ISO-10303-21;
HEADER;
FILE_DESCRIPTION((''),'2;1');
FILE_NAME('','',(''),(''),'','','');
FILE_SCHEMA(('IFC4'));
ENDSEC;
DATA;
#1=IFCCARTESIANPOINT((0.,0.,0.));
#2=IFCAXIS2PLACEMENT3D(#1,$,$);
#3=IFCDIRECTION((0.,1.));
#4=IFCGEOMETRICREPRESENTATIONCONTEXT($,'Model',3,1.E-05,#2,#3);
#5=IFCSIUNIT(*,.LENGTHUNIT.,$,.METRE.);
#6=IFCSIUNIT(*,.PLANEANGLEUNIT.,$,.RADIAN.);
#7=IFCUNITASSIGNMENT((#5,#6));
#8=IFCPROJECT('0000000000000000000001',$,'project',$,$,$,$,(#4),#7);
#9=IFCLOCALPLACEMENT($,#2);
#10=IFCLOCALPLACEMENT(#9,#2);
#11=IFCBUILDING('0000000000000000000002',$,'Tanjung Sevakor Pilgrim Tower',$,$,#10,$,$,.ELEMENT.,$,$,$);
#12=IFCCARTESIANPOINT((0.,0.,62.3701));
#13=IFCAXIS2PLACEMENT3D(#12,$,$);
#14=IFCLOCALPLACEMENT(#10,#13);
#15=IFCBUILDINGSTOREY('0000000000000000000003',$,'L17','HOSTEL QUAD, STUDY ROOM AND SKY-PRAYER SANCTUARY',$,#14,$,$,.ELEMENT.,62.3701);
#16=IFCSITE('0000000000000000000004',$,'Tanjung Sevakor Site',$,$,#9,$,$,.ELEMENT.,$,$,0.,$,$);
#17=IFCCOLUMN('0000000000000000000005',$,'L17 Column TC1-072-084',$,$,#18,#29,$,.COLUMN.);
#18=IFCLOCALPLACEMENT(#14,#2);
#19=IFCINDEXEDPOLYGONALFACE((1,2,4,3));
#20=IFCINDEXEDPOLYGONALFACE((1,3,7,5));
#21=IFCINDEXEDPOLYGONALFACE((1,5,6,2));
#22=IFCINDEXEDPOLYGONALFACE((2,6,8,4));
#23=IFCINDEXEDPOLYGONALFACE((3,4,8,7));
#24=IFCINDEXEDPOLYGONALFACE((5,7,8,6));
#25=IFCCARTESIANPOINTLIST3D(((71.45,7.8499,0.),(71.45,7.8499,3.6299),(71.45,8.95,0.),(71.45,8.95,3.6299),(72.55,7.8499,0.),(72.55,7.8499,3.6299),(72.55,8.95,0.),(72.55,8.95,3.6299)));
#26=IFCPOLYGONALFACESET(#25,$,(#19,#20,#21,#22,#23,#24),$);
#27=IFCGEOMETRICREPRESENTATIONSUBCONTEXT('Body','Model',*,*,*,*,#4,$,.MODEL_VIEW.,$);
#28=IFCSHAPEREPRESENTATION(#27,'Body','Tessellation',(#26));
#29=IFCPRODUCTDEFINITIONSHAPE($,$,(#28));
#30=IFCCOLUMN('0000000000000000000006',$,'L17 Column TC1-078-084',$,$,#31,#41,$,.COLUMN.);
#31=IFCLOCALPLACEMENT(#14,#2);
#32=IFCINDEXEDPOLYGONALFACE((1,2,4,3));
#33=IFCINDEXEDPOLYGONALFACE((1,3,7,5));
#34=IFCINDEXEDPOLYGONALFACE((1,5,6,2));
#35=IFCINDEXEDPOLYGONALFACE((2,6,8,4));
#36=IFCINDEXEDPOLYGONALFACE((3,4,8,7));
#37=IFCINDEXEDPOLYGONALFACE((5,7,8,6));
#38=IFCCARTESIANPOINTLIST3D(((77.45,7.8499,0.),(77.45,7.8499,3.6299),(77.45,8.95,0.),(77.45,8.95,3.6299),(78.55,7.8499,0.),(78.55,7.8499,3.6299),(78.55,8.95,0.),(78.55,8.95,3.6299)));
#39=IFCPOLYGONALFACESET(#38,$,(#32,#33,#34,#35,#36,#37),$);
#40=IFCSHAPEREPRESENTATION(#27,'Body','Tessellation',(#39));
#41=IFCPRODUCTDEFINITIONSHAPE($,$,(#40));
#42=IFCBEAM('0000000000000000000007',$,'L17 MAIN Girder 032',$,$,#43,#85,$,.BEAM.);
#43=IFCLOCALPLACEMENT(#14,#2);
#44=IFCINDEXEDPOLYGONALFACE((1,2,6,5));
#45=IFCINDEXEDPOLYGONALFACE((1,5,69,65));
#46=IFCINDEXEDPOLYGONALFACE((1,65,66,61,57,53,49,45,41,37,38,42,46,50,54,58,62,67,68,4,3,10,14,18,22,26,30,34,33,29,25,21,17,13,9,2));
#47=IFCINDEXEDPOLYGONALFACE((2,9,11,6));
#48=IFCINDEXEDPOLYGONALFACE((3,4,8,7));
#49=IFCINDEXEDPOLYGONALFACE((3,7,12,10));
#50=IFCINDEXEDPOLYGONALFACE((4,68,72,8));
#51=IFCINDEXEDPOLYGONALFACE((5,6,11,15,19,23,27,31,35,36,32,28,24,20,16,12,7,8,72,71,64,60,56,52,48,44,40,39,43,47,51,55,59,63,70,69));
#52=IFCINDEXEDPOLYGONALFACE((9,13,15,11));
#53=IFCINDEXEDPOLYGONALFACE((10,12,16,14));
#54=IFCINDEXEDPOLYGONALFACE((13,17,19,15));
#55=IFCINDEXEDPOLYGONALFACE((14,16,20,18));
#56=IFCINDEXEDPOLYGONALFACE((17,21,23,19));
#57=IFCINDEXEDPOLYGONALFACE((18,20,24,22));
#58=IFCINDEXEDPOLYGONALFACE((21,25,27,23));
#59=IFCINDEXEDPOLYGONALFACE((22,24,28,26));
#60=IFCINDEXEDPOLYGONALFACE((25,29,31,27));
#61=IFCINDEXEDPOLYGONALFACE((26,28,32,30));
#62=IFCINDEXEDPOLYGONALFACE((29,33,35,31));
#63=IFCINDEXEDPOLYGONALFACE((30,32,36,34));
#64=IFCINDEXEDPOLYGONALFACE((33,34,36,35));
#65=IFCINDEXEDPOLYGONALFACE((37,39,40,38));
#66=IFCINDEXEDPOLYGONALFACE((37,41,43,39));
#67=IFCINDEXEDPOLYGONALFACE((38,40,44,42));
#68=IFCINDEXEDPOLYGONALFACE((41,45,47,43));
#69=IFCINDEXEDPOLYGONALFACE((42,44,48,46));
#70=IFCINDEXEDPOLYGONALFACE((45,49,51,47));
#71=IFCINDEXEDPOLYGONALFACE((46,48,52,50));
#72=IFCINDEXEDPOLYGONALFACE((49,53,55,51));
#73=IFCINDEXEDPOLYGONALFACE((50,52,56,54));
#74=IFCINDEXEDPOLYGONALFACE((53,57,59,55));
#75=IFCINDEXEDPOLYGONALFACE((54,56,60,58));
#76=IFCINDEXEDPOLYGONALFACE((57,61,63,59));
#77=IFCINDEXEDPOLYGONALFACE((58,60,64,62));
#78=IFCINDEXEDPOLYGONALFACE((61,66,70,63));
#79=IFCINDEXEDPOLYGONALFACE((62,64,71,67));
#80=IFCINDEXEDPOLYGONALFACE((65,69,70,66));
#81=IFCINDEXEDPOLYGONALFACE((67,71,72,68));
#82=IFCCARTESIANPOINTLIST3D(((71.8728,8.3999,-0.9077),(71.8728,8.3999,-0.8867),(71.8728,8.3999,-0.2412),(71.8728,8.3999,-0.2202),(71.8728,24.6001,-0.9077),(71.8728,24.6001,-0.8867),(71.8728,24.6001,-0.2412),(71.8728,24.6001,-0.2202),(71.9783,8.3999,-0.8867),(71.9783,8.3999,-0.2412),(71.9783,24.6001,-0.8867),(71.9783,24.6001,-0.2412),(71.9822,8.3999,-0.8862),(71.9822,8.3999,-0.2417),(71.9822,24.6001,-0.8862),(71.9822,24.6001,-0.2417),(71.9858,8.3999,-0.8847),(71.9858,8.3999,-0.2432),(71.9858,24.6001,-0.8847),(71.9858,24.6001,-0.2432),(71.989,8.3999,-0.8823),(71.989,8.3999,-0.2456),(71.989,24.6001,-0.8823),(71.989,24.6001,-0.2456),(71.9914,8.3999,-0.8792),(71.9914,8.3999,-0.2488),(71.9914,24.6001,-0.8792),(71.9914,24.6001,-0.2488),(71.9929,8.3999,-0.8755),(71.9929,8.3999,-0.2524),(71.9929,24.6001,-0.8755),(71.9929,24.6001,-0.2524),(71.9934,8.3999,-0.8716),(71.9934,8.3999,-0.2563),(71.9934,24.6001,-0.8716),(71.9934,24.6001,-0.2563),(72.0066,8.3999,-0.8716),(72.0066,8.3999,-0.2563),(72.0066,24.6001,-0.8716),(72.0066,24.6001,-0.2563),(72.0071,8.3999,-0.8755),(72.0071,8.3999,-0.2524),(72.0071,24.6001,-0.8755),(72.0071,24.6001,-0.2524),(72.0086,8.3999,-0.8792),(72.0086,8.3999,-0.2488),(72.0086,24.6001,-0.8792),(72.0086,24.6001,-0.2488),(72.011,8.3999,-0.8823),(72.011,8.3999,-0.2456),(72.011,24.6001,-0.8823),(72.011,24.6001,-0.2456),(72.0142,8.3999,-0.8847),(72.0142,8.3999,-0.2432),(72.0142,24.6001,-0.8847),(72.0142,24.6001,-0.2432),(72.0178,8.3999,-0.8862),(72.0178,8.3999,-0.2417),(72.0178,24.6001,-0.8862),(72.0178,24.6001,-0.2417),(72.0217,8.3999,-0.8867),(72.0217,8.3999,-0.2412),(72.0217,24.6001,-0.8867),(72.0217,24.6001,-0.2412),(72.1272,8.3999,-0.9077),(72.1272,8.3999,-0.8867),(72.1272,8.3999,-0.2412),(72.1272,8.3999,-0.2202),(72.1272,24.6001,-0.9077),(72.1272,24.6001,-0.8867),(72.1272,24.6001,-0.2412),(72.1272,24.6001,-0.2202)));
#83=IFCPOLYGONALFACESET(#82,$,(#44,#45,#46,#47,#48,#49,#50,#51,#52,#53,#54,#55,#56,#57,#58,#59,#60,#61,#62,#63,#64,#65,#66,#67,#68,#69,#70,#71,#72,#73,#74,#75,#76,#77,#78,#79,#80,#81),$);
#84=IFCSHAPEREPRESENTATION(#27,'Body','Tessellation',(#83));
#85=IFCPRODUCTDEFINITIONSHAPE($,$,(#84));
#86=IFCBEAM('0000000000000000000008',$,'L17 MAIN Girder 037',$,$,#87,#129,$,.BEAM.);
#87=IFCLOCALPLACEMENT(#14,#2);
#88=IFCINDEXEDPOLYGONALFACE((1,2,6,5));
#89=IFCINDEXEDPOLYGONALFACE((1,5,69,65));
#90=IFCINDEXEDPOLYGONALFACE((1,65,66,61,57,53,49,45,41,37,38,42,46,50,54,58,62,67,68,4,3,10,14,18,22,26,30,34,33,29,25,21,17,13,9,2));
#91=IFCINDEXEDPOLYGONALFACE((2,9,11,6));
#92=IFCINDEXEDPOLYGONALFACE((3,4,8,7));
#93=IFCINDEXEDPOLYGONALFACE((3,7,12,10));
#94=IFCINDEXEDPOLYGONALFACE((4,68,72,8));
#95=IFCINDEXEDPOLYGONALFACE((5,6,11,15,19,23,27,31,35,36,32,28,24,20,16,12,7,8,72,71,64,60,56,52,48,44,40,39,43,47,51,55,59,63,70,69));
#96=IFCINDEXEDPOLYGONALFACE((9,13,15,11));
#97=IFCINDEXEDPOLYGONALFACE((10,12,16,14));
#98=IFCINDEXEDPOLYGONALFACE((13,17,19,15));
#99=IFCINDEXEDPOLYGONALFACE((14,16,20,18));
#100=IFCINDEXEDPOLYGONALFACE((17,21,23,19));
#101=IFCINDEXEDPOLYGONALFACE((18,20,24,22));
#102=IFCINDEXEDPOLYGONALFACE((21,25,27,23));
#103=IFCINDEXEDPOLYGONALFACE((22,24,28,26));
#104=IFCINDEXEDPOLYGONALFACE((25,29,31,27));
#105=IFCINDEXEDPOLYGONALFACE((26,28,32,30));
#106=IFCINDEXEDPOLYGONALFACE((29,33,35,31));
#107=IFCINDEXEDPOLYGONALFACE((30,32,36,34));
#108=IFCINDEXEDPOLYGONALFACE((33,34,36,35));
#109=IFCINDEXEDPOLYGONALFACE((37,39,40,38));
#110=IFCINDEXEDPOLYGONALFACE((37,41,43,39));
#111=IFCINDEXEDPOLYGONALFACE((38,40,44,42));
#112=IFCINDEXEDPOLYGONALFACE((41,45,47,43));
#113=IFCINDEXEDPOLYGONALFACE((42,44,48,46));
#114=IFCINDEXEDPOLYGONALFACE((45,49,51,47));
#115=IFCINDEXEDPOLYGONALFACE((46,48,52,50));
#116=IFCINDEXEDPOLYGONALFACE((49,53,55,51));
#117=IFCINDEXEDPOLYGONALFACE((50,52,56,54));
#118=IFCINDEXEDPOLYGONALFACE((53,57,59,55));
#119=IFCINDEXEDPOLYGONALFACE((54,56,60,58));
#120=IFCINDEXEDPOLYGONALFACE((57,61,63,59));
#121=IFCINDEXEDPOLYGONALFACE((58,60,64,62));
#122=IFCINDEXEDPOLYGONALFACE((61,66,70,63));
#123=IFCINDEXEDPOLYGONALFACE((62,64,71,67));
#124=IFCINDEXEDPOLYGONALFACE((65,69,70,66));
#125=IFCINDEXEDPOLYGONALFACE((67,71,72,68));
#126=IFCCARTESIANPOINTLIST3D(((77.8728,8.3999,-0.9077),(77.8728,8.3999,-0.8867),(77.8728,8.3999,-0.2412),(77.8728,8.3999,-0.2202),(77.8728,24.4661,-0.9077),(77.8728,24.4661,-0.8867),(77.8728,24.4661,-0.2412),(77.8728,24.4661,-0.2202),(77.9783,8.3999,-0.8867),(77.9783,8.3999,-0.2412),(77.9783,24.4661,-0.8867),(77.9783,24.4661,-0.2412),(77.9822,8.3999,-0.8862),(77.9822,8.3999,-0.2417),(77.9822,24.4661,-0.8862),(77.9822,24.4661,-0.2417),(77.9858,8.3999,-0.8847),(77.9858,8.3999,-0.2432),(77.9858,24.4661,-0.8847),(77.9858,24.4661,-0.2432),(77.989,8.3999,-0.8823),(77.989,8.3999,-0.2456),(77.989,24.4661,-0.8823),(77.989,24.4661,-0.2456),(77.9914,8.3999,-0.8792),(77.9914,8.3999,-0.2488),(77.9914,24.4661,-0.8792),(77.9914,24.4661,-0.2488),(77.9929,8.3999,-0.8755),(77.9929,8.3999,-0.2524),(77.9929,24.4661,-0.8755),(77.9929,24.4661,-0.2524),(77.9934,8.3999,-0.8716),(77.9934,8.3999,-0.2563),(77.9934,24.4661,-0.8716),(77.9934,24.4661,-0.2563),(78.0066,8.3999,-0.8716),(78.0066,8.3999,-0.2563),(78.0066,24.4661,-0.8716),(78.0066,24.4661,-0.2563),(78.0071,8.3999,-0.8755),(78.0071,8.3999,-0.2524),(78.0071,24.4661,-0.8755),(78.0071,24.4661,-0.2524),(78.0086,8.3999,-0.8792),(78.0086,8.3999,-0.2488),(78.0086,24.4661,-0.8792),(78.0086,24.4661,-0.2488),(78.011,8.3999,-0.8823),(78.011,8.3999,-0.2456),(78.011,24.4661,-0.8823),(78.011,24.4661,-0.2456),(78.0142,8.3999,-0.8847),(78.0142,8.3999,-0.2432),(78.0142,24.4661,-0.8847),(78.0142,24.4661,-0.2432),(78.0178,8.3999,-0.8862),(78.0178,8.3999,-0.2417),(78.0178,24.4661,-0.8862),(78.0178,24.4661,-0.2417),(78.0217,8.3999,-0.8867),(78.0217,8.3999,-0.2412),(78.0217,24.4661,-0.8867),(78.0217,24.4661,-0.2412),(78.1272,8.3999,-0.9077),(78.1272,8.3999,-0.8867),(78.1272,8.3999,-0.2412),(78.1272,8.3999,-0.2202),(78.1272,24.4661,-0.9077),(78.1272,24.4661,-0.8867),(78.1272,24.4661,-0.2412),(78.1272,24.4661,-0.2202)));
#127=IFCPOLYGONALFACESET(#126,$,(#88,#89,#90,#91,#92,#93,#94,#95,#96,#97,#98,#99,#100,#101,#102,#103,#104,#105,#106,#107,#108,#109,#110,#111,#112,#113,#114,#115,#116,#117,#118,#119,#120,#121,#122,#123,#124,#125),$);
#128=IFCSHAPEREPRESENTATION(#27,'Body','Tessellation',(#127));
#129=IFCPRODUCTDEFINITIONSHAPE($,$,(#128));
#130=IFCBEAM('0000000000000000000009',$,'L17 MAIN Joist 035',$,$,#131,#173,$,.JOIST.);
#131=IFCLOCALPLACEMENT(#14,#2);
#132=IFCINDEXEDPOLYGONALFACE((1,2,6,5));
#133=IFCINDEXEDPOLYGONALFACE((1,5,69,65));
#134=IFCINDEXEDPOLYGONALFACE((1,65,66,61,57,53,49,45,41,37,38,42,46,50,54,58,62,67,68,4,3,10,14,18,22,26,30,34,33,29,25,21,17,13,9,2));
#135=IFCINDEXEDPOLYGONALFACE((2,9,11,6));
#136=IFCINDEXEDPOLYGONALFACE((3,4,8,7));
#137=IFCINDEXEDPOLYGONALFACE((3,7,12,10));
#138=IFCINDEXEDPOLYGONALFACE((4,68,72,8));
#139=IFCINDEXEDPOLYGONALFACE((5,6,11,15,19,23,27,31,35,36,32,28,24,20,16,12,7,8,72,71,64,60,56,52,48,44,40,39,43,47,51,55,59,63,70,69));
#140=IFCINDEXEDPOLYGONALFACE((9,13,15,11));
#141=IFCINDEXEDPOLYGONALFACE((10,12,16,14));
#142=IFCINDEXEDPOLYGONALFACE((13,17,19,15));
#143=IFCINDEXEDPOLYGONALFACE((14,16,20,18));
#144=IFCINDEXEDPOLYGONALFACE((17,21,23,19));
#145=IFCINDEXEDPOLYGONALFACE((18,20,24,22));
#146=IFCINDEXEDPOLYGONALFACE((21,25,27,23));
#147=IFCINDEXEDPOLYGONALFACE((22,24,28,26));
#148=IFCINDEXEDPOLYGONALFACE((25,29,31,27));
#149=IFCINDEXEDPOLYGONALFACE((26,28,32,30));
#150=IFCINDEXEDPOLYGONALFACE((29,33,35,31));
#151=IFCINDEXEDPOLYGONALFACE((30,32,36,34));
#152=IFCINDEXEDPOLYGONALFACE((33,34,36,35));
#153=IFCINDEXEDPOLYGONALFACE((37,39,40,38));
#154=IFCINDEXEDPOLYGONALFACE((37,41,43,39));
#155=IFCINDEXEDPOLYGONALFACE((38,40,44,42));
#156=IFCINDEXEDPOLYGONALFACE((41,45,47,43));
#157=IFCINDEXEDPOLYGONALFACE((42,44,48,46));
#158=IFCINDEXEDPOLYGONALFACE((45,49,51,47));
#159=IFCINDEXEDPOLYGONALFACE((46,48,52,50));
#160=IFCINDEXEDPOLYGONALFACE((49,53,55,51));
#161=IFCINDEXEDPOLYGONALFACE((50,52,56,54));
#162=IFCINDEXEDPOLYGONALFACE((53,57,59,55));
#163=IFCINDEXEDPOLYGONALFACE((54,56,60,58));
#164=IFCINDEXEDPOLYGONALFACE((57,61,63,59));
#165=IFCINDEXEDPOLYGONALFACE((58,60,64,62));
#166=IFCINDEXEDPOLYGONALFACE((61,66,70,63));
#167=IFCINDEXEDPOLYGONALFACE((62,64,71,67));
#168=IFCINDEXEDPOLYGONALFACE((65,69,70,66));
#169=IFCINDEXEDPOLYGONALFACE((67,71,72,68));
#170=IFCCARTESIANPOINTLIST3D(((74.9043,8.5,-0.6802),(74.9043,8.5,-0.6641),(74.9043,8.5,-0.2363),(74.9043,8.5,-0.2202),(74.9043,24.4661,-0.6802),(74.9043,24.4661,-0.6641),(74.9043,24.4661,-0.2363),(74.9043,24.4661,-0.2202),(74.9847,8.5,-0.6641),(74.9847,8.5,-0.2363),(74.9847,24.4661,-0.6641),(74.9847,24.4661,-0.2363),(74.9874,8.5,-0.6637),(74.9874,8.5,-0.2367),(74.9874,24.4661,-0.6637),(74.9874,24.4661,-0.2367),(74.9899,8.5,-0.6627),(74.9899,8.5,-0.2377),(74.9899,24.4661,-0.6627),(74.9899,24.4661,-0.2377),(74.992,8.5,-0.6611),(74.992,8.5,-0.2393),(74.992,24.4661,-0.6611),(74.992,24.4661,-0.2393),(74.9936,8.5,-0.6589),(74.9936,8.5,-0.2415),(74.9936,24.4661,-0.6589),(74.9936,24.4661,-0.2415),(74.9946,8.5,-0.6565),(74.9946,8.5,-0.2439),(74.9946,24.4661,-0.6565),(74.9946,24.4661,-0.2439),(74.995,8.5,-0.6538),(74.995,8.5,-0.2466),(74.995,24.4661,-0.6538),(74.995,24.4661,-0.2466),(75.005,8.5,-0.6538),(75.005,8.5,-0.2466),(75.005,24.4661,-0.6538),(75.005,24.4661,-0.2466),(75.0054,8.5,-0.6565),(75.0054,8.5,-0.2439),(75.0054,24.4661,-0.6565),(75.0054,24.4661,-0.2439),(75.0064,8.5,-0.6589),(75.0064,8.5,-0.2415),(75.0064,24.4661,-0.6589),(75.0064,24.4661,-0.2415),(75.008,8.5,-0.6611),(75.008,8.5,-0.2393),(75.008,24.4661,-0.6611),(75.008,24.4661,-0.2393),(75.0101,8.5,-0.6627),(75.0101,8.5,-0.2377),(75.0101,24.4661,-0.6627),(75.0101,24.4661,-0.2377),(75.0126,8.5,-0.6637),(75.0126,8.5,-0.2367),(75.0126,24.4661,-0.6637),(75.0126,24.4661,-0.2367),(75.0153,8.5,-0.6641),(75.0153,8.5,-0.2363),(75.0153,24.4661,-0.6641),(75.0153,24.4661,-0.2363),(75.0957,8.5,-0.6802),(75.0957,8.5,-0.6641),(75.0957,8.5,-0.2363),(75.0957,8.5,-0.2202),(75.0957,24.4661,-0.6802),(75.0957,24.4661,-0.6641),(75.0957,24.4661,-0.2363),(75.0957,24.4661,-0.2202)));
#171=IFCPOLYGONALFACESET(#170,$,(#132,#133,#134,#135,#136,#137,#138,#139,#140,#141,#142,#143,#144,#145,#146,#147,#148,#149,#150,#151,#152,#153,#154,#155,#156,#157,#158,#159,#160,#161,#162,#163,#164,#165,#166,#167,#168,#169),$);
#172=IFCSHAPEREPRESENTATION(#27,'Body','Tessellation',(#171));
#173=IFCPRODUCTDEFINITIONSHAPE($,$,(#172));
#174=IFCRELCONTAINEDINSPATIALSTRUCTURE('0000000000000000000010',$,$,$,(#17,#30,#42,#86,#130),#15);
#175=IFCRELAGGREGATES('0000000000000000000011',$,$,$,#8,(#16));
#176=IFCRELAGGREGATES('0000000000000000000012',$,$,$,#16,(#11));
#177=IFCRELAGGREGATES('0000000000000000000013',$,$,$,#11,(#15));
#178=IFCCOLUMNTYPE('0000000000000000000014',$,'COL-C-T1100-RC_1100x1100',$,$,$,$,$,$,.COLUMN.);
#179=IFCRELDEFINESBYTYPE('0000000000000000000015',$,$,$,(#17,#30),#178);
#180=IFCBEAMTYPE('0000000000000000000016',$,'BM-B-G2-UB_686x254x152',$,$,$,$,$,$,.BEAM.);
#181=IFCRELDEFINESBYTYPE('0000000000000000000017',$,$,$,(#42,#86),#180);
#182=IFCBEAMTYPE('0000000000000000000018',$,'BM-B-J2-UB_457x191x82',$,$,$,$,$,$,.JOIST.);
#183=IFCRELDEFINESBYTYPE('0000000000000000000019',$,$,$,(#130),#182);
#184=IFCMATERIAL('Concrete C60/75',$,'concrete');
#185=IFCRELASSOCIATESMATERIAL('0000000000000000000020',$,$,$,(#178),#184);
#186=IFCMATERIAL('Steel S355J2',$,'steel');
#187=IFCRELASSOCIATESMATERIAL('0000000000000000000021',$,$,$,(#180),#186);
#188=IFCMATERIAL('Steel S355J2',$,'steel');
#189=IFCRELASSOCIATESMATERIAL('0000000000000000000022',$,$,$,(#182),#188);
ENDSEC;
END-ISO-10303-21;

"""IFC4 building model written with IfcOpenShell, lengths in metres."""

from ifc_helpers import new_model, si_unit, direction, frame, origin, origin_2d, place, context, subcontext, project, spatial, rectangle, i_section, extrude, material, material_profile, profile_set, type_object, element, save


model = new_model("IFC4")

# Units and contexts
model_context = context("Model", 3, precision=1e-05, world=origin(), true_north=direction((0.0, 1.0)))
body_context = subcontext(model_context, "Body", "Model", "MODEL_VIEW")
ifc_project = project(units=[si_unit("LENGTHUNIT", "METRE"), si_unit("PLANEANGLEUNIT", "RADIAN")], contexts=[model_context])

# Site, building, storey
site_placement = place(None, origin())
site = spatial("IfcSite", under=ifc_project, at=site_placement, Name="Tanjung Sevakor Site", CompositionType="ELEMENT", RefElevation=0.0)
building_placement = place(site_placement, origin())
building = spatial("IfcBuilding", under=site, at=building_placement, Name="Tanjung Sevakor Pilgrim Tower", CompositionType="ELEMENT")
storey_placement = place(building_placement, frame((0.0, 0.0, 62.3701)))
storey = spatial("IfcBuildingStorey", under=building, at=storey_placement, Name="L17", Description="HOSTEL QUAD, STUDY ROOM AND SKY-PRAYER SANCTUARY", CompositionType="ELEMENT", Elevation=62.3701)

# Columns
ifc_material_1 = material(Name="Concrete C60/75", Category="concrete")
ifc_material_profile_1 = material_profile(ifc_material_1, rectangle(XDim=1.1001, YDim=1.1001, at=origin_2d()))
ifc_profile_set_1 = profile_set([ifc_material_profile_1], Name="Concrete C60/75")
column_type = type_object("IfcColumnType", Name="COL-C-T1100-RC_1100x1100", PredefinedType="COLUMN", material=ifc_profile_set_1)
for number, where, z_axis, x_axis, name in (
    (1, (72.0, 8.3999, 0.0), (0.0, 0.0, 1.0), (1.0, 0.0, 0.0), "L17 Column TC1-072-084"),
    (2, (78.0, 8.3999, 0.0), (0.0, 0.0, 1.0), (1.0, 0.0, 0.0), "L17 Column TC1-078-084"),
):
    element("IfcColumn", number, at=place(storey_placement, frame(where, z_axis=z_axis, x_axis=x_axis)), inside=storey, type_object=column_type, Name=name, PredefinedType="COLUMN", context=body_context, shape_type="SweptSolid", body=[
        extrude(rectangle(XDim=1.1001, YDim=1.1001, at=origin_2d()), origin(), (0.0, 0.0, 1.0), 3.6299),
    ])

# Beams
ifc_material_2 = material(Name="Steel S355J2", Category="steel")
ifc_material_profile_2 = material_profile(ifc_material_2, i_section(OverallWidth=0.2544, OverallDepth=0.6875, WebThickness=0.0132, FlangeThickness=0.021, FilletRadius=0.0151, at=origin_2d()))
ifc_profile_set_2 = profile_set([ifc_material_profile_2], Name="Steel S355J2")
beam_type_1 = type_object("IfcBeamType", Name="BM-B-G2-UB_686x254x152", PredefinedType="BEAM", material=ifc_profile_set_2)
beam_1_placement = place(storey_placement, frame((72.0, 8.3999, -0.564), z_axis=(0.0, 1.0, 0.0), x_axis=(-1.0, 0.0, 0.0)))
element("IfcBeam", 3, at=beam_1_placement, inside=storey, type_object=beam_type_1, Name="L17 MAIN Girder 032", PredefinedType="BEAM", context=body_context, shape_type="SweptSolid", body=[
    extrude(i_section(OverallWidth=0.2544, OverallDepth=0.6875, WebThickness=0.0132, FlangeThickness=0.021, FilletRadius=0.0151, at=origin_2d()), origin(), (0.0, 0.0, 1.0), 16.2002),
])
beam_2_placement = place(storey_placement, frame((78.0, 8.3999, -0.564), z_axis=(0.0, 1.0, 0.0), x_axis=(-1.0, 0.0, 0.0)))
element("IfcBeam", 4, at=beam_2_placement, inside=storey, type_object=beam_type_1, Name="L17 MAIN Girder 037", PredefinedType="BEAM", context=body_context, shape_type="SweptSolid", body=[
    extrude(i_section(OverallWidth=0.2544, OverallDepth=0.6875, WebThickness=0.0132, FlangeThickness=0.021, FilletRadius=0.0151, at=origin_2d()), origin(), (0.0, 0.0, 1.0), 16.0662),
])
ifc_material_3 = material(Name="Steel S355J2", Category="steel")
ifc_material_profile_3 = material_profile(ifc_material_3, i_section(OverallWidth=0.1914, OverallDepth=0.46, WebThickness=0.01, FlangeThickness=0.0161, FilletRadius=0.0103, at=origin_2d()))
ifc_profile_set_3 = profile_set([ifc_material_profile_3], Name="Steel S355J2")
beam_type_2 = type_object("IfcBeamType", Name="BM-B-J2-UB_457x191x82", PredefinedType="JOIST", material=ifc_profile_set_3)
for number, where, z_axis, x_axis, name in (
    (5, (75.0, 8.5, -0.4502), (0.0, 1.0, 0.0), (-1.0, 0.0, 0.0), "L17 MAIN Joist 035"),
):
    element("IfcBeam", number, at=place(storey_placement, frame(where, z_axis=z_axis, x_axis=x_axis)), inside=storey, type_object=beam_type_2, Name=name, PredefinedType="JOIST", context=body_context, shape_type="SweptSolid", body=[
        extrude(i_section(OverallWidth=0.1914, OverallDepth=0.46, WebThickness=0.01, FlangeThickness=0.0161, FilletRadius=0.0103, at=origin_2d()), origin(), (0.0, 0.0, 1.0), 15.9661),
    ])

save(model, "model.ifc")
